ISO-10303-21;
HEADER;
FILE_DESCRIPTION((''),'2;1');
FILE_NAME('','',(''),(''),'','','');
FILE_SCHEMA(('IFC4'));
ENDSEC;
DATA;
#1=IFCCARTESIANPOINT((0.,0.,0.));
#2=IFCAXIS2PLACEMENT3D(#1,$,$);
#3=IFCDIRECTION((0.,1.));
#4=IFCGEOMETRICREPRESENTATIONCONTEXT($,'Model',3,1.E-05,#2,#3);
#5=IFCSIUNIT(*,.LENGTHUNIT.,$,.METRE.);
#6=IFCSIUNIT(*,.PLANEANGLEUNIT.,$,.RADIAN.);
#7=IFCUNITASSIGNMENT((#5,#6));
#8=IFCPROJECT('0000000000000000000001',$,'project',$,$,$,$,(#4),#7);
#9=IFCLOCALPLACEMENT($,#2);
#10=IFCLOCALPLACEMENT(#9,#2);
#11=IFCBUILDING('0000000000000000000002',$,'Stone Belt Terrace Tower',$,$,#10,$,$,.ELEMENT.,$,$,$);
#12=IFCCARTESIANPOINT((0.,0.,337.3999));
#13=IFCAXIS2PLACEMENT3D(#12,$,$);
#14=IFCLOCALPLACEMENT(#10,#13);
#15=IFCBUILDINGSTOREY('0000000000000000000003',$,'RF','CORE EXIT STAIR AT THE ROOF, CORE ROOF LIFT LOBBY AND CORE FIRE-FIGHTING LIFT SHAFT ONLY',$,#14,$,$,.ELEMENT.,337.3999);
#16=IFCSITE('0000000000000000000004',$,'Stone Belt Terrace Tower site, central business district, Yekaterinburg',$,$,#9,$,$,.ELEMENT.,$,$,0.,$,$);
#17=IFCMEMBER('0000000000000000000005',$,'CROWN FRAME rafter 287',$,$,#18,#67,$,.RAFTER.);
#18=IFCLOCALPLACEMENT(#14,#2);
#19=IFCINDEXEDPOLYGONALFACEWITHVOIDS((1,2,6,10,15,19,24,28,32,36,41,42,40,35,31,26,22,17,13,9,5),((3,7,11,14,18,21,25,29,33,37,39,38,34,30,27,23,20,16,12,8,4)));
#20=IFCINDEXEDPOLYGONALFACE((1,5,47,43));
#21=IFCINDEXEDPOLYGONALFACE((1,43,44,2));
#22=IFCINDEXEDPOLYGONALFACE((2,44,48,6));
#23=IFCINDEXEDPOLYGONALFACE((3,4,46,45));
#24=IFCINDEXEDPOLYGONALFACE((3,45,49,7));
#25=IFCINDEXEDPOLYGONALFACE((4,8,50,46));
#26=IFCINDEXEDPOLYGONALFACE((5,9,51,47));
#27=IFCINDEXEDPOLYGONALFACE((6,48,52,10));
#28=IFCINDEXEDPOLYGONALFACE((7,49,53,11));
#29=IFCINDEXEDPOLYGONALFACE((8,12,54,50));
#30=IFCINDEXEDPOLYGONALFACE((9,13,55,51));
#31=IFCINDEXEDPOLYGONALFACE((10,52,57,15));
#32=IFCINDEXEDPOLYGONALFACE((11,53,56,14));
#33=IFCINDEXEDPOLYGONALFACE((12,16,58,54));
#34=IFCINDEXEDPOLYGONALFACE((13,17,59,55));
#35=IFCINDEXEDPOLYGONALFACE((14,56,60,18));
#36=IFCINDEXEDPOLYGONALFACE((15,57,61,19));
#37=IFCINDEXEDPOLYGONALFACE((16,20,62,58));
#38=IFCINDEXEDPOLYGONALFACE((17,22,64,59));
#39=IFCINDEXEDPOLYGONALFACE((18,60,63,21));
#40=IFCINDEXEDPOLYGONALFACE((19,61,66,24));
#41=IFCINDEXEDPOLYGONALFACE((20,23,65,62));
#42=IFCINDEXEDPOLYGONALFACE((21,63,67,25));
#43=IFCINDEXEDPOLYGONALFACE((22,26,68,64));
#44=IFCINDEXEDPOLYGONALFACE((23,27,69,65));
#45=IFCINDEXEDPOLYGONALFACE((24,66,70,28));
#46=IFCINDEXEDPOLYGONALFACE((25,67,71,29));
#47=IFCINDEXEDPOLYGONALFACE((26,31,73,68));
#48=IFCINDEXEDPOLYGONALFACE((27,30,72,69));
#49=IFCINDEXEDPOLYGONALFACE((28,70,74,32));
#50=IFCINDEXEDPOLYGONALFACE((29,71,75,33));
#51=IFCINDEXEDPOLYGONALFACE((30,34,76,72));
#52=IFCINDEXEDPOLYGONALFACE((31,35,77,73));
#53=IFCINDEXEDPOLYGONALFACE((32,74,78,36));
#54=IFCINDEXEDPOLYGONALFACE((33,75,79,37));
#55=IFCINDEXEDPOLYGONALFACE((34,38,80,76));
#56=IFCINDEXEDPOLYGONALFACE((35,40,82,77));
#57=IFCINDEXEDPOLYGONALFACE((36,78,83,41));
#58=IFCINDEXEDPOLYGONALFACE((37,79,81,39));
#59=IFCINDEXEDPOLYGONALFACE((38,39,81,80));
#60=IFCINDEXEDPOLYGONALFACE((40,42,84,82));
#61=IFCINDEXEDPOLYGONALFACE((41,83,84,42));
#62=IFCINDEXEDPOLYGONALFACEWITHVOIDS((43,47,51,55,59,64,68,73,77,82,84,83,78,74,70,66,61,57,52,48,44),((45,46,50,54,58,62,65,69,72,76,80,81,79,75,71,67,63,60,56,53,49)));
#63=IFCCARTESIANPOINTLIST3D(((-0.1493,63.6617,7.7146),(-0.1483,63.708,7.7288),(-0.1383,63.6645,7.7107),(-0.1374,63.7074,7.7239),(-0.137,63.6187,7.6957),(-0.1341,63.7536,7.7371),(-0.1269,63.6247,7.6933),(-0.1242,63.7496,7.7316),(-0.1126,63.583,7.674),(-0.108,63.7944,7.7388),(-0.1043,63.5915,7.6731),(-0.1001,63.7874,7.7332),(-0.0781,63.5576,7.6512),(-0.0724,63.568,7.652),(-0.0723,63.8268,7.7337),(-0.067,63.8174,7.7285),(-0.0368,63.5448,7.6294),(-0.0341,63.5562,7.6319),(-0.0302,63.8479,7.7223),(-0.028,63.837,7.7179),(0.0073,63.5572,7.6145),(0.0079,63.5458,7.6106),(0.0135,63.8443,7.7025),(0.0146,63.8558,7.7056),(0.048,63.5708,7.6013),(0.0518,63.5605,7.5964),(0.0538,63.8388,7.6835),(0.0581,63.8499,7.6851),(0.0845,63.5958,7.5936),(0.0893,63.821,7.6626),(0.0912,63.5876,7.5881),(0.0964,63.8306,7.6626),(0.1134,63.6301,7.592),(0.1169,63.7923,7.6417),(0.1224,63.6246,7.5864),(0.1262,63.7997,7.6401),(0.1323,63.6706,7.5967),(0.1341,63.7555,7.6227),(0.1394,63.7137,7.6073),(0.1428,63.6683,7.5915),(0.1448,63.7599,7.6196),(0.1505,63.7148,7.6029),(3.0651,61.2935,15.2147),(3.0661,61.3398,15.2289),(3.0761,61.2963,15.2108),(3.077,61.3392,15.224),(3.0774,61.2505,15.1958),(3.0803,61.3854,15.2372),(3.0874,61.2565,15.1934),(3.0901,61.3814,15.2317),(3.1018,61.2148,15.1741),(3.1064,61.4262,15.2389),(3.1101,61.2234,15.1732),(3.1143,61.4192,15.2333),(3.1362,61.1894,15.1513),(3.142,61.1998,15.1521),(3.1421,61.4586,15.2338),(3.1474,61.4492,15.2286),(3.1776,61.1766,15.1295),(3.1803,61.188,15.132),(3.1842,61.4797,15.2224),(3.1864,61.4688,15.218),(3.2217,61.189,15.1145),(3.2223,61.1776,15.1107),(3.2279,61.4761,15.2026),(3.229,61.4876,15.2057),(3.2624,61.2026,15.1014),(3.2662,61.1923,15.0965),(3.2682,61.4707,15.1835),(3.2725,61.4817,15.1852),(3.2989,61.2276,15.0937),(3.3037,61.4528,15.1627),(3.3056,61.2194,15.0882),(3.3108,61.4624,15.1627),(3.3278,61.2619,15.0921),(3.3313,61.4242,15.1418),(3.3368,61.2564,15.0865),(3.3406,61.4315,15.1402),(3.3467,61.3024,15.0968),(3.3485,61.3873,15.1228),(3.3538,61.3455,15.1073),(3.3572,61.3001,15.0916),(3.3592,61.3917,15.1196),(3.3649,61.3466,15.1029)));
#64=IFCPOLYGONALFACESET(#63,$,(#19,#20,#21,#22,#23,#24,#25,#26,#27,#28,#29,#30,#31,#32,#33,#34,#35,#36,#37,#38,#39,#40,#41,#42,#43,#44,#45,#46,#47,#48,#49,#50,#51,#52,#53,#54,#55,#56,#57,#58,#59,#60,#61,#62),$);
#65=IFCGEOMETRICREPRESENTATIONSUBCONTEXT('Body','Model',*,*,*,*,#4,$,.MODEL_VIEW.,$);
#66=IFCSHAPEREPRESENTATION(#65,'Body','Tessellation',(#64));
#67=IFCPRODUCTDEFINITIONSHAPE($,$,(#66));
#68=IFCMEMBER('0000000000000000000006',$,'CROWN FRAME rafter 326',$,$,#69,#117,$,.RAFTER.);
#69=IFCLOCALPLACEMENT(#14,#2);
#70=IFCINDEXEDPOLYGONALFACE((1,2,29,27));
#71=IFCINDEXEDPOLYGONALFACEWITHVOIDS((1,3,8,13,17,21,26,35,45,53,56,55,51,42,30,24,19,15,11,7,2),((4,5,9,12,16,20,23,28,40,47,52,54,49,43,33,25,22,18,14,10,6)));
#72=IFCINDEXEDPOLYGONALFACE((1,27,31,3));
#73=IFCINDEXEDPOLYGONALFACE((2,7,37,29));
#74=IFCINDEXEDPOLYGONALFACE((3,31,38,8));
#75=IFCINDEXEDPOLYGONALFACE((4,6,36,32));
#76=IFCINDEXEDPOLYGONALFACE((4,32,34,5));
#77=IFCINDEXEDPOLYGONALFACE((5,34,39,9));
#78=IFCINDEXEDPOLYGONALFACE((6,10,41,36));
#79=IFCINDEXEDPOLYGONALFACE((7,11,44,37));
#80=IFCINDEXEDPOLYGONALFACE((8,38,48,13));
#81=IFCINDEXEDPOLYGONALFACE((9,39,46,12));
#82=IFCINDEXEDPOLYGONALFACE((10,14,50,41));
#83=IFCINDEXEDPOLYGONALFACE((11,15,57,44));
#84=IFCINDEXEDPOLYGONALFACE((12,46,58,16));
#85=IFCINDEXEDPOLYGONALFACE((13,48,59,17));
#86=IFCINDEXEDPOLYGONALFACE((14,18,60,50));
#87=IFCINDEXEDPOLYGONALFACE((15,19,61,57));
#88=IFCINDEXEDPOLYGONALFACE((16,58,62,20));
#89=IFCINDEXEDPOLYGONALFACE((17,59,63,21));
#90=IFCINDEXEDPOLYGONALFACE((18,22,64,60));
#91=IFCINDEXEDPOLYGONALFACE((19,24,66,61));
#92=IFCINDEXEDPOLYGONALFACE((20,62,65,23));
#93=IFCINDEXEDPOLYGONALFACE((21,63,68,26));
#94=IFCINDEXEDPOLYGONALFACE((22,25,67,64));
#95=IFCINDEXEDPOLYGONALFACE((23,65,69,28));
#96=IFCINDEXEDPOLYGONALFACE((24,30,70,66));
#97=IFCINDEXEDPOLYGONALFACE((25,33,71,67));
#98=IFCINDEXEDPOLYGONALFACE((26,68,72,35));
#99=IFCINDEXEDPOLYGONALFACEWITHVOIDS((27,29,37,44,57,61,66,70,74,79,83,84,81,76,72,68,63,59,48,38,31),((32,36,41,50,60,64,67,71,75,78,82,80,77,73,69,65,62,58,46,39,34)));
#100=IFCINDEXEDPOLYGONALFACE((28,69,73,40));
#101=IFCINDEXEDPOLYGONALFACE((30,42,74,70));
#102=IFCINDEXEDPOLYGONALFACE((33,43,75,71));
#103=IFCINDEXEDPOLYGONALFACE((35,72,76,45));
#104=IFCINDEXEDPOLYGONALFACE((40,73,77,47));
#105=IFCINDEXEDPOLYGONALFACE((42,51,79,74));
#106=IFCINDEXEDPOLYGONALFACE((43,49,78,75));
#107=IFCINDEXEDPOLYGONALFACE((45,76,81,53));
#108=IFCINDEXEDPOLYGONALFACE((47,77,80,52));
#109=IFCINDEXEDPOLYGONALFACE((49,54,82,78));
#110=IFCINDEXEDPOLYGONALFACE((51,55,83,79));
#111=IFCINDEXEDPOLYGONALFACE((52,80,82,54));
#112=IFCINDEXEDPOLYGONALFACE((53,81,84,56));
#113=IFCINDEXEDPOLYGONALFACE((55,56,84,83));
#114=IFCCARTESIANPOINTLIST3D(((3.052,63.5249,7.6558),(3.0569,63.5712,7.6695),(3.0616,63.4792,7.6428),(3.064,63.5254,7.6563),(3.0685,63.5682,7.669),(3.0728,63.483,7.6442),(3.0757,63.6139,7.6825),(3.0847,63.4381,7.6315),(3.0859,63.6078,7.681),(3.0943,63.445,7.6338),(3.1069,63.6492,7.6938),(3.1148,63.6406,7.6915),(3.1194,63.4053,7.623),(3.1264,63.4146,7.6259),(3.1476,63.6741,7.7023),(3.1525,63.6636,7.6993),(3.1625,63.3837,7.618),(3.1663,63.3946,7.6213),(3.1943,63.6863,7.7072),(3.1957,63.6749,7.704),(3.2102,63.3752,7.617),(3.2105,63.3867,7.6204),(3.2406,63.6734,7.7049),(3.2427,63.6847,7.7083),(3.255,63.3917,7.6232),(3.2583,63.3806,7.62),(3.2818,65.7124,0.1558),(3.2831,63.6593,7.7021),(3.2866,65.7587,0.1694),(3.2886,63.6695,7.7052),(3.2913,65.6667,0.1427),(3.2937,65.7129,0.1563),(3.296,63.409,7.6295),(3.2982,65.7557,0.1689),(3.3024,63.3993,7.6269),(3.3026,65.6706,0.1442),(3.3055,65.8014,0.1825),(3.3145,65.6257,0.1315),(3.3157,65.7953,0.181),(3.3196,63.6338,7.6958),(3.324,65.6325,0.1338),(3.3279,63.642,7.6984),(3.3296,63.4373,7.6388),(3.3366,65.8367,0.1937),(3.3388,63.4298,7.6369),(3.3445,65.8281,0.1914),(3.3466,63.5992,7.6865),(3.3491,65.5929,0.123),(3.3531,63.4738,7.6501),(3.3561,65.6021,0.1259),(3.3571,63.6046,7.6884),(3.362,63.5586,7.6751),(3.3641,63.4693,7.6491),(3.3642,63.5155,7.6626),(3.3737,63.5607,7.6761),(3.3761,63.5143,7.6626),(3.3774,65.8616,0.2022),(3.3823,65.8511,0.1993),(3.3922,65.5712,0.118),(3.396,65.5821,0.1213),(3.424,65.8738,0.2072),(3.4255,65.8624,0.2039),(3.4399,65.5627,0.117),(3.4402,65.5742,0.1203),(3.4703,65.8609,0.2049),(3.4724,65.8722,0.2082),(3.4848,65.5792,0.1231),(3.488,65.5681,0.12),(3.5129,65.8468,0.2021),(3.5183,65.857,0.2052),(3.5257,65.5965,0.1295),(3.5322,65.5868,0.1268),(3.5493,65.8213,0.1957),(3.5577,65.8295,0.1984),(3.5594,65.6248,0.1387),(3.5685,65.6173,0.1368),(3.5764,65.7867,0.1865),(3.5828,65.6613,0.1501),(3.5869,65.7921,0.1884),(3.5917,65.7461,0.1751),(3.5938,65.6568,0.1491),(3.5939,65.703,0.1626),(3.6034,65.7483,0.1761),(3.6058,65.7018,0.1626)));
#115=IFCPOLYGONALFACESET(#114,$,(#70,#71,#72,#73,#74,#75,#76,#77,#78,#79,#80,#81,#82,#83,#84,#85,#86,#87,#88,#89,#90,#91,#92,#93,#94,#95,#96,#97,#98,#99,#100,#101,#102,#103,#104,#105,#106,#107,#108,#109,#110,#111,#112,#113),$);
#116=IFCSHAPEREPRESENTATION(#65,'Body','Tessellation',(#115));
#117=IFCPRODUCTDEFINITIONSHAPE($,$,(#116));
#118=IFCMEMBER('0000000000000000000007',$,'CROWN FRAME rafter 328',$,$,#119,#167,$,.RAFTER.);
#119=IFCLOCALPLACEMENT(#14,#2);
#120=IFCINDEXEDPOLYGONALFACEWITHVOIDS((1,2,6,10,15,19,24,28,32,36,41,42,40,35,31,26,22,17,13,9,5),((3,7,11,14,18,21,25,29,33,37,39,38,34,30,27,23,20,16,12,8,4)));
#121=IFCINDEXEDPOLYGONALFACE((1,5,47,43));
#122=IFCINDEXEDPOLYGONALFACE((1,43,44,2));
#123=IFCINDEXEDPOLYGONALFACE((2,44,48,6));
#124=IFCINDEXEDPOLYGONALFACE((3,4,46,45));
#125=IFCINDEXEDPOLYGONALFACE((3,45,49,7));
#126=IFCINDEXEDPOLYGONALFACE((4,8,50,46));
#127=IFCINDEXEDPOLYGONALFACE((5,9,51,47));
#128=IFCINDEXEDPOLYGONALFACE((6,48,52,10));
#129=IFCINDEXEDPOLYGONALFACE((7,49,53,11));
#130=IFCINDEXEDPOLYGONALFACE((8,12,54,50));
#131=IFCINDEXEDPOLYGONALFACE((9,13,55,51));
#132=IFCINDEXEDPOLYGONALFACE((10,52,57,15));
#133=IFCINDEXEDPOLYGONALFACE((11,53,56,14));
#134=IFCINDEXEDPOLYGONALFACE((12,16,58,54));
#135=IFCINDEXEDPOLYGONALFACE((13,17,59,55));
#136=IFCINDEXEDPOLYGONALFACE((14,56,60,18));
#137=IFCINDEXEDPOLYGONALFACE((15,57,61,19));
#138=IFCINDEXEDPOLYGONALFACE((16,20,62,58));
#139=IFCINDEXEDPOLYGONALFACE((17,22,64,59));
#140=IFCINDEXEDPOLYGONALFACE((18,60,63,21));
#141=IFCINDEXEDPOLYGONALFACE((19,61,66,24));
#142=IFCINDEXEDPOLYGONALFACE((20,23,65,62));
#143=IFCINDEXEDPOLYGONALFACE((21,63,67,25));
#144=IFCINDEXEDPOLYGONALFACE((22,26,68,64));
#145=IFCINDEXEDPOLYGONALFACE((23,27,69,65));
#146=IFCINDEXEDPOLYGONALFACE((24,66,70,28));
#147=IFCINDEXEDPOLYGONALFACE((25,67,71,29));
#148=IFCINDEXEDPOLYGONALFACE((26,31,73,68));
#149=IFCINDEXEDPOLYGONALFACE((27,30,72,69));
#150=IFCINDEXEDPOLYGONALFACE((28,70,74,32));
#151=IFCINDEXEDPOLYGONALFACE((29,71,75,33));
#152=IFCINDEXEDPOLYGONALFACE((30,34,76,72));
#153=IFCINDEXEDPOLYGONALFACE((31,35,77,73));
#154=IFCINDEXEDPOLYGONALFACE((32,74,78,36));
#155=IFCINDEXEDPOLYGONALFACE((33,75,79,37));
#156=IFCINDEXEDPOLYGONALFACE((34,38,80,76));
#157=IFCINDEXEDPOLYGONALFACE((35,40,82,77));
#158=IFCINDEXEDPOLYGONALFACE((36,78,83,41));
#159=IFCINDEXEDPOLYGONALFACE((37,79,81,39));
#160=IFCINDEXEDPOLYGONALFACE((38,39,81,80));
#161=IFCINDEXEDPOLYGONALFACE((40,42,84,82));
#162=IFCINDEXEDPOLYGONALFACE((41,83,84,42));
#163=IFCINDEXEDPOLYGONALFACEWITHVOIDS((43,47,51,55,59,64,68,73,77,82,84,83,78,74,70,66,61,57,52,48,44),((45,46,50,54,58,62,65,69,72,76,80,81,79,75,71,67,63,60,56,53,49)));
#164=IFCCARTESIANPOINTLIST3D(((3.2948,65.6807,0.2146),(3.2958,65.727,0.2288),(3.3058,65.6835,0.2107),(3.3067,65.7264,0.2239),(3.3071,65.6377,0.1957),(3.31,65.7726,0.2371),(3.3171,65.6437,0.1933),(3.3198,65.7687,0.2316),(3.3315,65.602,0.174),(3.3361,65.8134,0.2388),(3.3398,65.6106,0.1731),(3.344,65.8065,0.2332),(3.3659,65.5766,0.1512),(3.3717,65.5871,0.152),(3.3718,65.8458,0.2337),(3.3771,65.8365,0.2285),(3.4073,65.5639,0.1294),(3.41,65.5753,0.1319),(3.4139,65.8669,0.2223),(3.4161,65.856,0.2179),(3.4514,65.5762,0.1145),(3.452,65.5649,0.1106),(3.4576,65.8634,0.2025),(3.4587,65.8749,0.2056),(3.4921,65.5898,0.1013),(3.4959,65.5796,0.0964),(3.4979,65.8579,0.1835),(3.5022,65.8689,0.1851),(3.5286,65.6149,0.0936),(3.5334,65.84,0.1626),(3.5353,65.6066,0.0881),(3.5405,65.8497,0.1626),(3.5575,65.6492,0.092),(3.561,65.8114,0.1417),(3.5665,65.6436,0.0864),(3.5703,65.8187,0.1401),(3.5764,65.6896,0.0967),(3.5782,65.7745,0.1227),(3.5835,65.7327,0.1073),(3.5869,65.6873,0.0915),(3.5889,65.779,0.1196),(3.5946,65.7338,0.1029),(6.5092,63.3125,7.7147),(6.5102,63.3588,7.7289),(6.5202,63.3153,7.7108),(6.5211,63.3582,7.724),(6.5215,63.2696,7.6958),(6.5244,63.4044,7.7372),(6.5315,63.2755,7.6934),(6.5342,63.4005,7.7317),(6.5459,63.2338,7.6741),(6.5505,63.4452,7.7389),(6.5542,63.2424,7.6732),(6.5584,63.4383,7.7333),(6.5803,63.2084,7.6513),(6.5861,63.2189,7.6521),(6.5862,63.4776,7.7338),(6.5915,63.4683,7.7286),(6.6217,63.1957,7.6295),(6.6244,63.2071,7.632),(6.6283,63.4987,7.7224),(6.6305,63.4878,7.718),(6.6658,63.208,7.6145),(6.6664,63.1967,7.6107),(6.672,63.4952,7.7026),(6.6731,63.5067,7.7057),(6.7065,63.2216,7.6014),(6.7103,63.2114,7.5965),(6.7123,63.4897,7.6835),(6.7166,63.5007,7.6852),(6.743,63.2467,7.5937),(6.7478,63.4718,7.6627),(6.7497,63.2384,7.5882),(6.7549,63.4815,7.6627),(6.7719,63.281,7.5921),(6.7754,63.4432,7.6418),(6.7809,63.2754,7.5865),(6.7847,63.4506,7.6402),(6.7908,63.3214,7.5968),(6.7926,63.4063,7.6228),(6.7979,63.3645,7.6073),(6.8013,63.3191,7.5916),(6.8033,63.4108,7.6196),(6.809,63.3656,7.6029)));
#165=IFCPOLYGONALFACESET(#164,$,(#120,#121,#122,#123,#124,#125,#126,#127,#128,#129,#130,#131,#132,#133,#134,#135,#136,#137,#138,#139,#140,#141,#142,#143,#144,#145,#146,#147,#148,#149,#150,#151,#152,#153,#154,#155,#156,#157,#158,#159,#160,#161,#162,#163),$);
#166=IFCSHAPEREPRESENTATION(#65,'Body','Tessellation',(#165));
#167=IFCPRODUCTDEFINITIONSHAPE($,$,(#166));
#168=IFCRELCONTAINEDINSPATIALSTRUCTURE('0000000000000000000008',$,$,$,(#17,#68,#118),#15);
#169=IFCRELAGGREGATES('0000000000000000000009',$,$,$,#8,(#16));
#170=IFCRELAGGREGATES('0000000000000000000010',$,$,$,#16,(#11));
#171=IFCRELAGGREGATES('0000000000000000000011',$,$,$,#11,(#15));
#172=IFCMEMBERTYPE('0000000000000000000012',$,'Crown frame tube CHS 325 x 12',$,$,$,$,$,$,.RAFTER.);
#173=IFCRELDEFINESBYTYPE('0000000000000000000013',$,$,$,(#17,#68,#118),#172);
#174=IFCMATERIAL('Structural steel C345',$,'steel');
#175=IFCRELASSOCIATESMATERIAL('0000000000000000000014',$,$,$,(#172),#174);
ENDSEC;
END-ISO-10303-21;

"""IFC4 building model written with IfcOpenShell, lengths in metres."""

from ifc_helpers import new_model, si_unit, direction, frame, origin, origin_2d, place, context, subcontext, project, spatial, hollow_circle, extrude, material, material_profile, profile_set, type_object, element, save


model = new_model("IFC4")

# Units and contexts
model_context = context("Model", 3, precision=1e-05, world=origin(), true_north=direction((0.0, 1.0)))
body_context = subcontext(model_context, "Body", "Model", "MODEL_VIEW")
ifc_project = project(units=[si_unit("LENGTHUNIT", "METRE"), si_unit("PLANEANGLEUNIT", "RADIAN")], contexts=[model_context])

# Site, building, storey
site_placement = place(None, origin())
site = spatial("IfcSite", under=ifc_project, at=site_placement, Name="Stone Belt Terrace Tower site, central business district, Yekaterinburg", CompositionType="ELEMENT", RefElevation=0.0)
building_placement = place(site_placement, origin())
building = spatial("IfcBuilding", under=site, at=building_placement, Name="Stone Belt Terrace Tower", CompositionType="ELEMENT")
storey_placement = place(building_placement, frame((0.0, 0.0, 337.3999)))
storey = spatial("IfcBuildingStorey", under=building, at=storey_placement, Name="RF", Description="CORE EXIT STAIR AT THE ROOF, CORE ROOF LIFT LOBBY AND CORE FIRE-FIGHTING LIFT SHAFT ONLY", CompositionType="ELEMENT", Elevation=337.3999)

# Members
ifc_material_1 = material(Name="Structural steel C345", Category="steel")
ifc_material_profile_1 = material_profile(ifc_material_1, hollow_circle(Radius=0.1626, WallThickness=0.012, at=origin_2d()), Name="Structural steel C345 CHS 325x12")
ifc_profile_set_1 = profile_set([ifc_material_profile_1], Name="Structural steel C345")
member_type_1 = type_object("IfcMemberType", Name="Crown frame tube CHS 325 x 12", PredefinedType="RAFTER", material=ifc_profile_set_1)
member_1_placement = place(storey_placement, frame((0.0, 63.6997, 7.6626), z_axis=(0.378316, -0.278723, 0.882718), x_axis=(0.593149, 0.805093, 0.0)))
element("IfcMember", 1, at=member_1_placement, inside=storey, type_object=member_type_1, Name="CROWN FRAME rafter 287", PredefinedType="RAFTER", context=body_context, shape_type="SweptSolid", body=[
    extrude(hollow_circle(Radius=0.1626, WallThickness=0.012, at=origin_2d()), origin(), (0.0, 0.0, 1.0), 8.4966),
])
member_2_placement = place(storey_placement, frame((3.4441, 65.7188, 0.1626), z_axis=(-0.029394, -0.279879, 0.959585), x_axis=(0.99453, -0.104448, 0.0)))
element("IfcMember", 2, at=member_2_placement, inside=storey, type_object=member_type_1, Name="CROWN FRAME rafter 326", PredefinedType="RAFTER", context=body_context, shape_type="SweptSolid", body=[
    extrude(hollow_circle(Radius=0.1626, WallThickness=0.012, at=origin_2d()), origin(), (0.0, 0.0, 1.0), 7.8159),
])
member_3_placement = place(storey_placement, frame((3.4441, 65.7188, 0.1626), z_axis=(0.378316, -0.278723, 0.882718), x_axis=(0.593149, 0.805093, 0.0)))
element("IfcMember", 3, at=member_3_placement, inside=storey, type_object=member_type_1, Name="CROWN FRAME rafter 328", PredefinedType="RAFTER", context=body_context, shape_type="SweptSolid", body=[
    extrude(hollow_circle(Radius=0.1626, WallThickness=0.012, at=origin_2d()), origin(), (0.0, 0.0, 1.0), 8.4966),
])

save(model, "model.ifc")
